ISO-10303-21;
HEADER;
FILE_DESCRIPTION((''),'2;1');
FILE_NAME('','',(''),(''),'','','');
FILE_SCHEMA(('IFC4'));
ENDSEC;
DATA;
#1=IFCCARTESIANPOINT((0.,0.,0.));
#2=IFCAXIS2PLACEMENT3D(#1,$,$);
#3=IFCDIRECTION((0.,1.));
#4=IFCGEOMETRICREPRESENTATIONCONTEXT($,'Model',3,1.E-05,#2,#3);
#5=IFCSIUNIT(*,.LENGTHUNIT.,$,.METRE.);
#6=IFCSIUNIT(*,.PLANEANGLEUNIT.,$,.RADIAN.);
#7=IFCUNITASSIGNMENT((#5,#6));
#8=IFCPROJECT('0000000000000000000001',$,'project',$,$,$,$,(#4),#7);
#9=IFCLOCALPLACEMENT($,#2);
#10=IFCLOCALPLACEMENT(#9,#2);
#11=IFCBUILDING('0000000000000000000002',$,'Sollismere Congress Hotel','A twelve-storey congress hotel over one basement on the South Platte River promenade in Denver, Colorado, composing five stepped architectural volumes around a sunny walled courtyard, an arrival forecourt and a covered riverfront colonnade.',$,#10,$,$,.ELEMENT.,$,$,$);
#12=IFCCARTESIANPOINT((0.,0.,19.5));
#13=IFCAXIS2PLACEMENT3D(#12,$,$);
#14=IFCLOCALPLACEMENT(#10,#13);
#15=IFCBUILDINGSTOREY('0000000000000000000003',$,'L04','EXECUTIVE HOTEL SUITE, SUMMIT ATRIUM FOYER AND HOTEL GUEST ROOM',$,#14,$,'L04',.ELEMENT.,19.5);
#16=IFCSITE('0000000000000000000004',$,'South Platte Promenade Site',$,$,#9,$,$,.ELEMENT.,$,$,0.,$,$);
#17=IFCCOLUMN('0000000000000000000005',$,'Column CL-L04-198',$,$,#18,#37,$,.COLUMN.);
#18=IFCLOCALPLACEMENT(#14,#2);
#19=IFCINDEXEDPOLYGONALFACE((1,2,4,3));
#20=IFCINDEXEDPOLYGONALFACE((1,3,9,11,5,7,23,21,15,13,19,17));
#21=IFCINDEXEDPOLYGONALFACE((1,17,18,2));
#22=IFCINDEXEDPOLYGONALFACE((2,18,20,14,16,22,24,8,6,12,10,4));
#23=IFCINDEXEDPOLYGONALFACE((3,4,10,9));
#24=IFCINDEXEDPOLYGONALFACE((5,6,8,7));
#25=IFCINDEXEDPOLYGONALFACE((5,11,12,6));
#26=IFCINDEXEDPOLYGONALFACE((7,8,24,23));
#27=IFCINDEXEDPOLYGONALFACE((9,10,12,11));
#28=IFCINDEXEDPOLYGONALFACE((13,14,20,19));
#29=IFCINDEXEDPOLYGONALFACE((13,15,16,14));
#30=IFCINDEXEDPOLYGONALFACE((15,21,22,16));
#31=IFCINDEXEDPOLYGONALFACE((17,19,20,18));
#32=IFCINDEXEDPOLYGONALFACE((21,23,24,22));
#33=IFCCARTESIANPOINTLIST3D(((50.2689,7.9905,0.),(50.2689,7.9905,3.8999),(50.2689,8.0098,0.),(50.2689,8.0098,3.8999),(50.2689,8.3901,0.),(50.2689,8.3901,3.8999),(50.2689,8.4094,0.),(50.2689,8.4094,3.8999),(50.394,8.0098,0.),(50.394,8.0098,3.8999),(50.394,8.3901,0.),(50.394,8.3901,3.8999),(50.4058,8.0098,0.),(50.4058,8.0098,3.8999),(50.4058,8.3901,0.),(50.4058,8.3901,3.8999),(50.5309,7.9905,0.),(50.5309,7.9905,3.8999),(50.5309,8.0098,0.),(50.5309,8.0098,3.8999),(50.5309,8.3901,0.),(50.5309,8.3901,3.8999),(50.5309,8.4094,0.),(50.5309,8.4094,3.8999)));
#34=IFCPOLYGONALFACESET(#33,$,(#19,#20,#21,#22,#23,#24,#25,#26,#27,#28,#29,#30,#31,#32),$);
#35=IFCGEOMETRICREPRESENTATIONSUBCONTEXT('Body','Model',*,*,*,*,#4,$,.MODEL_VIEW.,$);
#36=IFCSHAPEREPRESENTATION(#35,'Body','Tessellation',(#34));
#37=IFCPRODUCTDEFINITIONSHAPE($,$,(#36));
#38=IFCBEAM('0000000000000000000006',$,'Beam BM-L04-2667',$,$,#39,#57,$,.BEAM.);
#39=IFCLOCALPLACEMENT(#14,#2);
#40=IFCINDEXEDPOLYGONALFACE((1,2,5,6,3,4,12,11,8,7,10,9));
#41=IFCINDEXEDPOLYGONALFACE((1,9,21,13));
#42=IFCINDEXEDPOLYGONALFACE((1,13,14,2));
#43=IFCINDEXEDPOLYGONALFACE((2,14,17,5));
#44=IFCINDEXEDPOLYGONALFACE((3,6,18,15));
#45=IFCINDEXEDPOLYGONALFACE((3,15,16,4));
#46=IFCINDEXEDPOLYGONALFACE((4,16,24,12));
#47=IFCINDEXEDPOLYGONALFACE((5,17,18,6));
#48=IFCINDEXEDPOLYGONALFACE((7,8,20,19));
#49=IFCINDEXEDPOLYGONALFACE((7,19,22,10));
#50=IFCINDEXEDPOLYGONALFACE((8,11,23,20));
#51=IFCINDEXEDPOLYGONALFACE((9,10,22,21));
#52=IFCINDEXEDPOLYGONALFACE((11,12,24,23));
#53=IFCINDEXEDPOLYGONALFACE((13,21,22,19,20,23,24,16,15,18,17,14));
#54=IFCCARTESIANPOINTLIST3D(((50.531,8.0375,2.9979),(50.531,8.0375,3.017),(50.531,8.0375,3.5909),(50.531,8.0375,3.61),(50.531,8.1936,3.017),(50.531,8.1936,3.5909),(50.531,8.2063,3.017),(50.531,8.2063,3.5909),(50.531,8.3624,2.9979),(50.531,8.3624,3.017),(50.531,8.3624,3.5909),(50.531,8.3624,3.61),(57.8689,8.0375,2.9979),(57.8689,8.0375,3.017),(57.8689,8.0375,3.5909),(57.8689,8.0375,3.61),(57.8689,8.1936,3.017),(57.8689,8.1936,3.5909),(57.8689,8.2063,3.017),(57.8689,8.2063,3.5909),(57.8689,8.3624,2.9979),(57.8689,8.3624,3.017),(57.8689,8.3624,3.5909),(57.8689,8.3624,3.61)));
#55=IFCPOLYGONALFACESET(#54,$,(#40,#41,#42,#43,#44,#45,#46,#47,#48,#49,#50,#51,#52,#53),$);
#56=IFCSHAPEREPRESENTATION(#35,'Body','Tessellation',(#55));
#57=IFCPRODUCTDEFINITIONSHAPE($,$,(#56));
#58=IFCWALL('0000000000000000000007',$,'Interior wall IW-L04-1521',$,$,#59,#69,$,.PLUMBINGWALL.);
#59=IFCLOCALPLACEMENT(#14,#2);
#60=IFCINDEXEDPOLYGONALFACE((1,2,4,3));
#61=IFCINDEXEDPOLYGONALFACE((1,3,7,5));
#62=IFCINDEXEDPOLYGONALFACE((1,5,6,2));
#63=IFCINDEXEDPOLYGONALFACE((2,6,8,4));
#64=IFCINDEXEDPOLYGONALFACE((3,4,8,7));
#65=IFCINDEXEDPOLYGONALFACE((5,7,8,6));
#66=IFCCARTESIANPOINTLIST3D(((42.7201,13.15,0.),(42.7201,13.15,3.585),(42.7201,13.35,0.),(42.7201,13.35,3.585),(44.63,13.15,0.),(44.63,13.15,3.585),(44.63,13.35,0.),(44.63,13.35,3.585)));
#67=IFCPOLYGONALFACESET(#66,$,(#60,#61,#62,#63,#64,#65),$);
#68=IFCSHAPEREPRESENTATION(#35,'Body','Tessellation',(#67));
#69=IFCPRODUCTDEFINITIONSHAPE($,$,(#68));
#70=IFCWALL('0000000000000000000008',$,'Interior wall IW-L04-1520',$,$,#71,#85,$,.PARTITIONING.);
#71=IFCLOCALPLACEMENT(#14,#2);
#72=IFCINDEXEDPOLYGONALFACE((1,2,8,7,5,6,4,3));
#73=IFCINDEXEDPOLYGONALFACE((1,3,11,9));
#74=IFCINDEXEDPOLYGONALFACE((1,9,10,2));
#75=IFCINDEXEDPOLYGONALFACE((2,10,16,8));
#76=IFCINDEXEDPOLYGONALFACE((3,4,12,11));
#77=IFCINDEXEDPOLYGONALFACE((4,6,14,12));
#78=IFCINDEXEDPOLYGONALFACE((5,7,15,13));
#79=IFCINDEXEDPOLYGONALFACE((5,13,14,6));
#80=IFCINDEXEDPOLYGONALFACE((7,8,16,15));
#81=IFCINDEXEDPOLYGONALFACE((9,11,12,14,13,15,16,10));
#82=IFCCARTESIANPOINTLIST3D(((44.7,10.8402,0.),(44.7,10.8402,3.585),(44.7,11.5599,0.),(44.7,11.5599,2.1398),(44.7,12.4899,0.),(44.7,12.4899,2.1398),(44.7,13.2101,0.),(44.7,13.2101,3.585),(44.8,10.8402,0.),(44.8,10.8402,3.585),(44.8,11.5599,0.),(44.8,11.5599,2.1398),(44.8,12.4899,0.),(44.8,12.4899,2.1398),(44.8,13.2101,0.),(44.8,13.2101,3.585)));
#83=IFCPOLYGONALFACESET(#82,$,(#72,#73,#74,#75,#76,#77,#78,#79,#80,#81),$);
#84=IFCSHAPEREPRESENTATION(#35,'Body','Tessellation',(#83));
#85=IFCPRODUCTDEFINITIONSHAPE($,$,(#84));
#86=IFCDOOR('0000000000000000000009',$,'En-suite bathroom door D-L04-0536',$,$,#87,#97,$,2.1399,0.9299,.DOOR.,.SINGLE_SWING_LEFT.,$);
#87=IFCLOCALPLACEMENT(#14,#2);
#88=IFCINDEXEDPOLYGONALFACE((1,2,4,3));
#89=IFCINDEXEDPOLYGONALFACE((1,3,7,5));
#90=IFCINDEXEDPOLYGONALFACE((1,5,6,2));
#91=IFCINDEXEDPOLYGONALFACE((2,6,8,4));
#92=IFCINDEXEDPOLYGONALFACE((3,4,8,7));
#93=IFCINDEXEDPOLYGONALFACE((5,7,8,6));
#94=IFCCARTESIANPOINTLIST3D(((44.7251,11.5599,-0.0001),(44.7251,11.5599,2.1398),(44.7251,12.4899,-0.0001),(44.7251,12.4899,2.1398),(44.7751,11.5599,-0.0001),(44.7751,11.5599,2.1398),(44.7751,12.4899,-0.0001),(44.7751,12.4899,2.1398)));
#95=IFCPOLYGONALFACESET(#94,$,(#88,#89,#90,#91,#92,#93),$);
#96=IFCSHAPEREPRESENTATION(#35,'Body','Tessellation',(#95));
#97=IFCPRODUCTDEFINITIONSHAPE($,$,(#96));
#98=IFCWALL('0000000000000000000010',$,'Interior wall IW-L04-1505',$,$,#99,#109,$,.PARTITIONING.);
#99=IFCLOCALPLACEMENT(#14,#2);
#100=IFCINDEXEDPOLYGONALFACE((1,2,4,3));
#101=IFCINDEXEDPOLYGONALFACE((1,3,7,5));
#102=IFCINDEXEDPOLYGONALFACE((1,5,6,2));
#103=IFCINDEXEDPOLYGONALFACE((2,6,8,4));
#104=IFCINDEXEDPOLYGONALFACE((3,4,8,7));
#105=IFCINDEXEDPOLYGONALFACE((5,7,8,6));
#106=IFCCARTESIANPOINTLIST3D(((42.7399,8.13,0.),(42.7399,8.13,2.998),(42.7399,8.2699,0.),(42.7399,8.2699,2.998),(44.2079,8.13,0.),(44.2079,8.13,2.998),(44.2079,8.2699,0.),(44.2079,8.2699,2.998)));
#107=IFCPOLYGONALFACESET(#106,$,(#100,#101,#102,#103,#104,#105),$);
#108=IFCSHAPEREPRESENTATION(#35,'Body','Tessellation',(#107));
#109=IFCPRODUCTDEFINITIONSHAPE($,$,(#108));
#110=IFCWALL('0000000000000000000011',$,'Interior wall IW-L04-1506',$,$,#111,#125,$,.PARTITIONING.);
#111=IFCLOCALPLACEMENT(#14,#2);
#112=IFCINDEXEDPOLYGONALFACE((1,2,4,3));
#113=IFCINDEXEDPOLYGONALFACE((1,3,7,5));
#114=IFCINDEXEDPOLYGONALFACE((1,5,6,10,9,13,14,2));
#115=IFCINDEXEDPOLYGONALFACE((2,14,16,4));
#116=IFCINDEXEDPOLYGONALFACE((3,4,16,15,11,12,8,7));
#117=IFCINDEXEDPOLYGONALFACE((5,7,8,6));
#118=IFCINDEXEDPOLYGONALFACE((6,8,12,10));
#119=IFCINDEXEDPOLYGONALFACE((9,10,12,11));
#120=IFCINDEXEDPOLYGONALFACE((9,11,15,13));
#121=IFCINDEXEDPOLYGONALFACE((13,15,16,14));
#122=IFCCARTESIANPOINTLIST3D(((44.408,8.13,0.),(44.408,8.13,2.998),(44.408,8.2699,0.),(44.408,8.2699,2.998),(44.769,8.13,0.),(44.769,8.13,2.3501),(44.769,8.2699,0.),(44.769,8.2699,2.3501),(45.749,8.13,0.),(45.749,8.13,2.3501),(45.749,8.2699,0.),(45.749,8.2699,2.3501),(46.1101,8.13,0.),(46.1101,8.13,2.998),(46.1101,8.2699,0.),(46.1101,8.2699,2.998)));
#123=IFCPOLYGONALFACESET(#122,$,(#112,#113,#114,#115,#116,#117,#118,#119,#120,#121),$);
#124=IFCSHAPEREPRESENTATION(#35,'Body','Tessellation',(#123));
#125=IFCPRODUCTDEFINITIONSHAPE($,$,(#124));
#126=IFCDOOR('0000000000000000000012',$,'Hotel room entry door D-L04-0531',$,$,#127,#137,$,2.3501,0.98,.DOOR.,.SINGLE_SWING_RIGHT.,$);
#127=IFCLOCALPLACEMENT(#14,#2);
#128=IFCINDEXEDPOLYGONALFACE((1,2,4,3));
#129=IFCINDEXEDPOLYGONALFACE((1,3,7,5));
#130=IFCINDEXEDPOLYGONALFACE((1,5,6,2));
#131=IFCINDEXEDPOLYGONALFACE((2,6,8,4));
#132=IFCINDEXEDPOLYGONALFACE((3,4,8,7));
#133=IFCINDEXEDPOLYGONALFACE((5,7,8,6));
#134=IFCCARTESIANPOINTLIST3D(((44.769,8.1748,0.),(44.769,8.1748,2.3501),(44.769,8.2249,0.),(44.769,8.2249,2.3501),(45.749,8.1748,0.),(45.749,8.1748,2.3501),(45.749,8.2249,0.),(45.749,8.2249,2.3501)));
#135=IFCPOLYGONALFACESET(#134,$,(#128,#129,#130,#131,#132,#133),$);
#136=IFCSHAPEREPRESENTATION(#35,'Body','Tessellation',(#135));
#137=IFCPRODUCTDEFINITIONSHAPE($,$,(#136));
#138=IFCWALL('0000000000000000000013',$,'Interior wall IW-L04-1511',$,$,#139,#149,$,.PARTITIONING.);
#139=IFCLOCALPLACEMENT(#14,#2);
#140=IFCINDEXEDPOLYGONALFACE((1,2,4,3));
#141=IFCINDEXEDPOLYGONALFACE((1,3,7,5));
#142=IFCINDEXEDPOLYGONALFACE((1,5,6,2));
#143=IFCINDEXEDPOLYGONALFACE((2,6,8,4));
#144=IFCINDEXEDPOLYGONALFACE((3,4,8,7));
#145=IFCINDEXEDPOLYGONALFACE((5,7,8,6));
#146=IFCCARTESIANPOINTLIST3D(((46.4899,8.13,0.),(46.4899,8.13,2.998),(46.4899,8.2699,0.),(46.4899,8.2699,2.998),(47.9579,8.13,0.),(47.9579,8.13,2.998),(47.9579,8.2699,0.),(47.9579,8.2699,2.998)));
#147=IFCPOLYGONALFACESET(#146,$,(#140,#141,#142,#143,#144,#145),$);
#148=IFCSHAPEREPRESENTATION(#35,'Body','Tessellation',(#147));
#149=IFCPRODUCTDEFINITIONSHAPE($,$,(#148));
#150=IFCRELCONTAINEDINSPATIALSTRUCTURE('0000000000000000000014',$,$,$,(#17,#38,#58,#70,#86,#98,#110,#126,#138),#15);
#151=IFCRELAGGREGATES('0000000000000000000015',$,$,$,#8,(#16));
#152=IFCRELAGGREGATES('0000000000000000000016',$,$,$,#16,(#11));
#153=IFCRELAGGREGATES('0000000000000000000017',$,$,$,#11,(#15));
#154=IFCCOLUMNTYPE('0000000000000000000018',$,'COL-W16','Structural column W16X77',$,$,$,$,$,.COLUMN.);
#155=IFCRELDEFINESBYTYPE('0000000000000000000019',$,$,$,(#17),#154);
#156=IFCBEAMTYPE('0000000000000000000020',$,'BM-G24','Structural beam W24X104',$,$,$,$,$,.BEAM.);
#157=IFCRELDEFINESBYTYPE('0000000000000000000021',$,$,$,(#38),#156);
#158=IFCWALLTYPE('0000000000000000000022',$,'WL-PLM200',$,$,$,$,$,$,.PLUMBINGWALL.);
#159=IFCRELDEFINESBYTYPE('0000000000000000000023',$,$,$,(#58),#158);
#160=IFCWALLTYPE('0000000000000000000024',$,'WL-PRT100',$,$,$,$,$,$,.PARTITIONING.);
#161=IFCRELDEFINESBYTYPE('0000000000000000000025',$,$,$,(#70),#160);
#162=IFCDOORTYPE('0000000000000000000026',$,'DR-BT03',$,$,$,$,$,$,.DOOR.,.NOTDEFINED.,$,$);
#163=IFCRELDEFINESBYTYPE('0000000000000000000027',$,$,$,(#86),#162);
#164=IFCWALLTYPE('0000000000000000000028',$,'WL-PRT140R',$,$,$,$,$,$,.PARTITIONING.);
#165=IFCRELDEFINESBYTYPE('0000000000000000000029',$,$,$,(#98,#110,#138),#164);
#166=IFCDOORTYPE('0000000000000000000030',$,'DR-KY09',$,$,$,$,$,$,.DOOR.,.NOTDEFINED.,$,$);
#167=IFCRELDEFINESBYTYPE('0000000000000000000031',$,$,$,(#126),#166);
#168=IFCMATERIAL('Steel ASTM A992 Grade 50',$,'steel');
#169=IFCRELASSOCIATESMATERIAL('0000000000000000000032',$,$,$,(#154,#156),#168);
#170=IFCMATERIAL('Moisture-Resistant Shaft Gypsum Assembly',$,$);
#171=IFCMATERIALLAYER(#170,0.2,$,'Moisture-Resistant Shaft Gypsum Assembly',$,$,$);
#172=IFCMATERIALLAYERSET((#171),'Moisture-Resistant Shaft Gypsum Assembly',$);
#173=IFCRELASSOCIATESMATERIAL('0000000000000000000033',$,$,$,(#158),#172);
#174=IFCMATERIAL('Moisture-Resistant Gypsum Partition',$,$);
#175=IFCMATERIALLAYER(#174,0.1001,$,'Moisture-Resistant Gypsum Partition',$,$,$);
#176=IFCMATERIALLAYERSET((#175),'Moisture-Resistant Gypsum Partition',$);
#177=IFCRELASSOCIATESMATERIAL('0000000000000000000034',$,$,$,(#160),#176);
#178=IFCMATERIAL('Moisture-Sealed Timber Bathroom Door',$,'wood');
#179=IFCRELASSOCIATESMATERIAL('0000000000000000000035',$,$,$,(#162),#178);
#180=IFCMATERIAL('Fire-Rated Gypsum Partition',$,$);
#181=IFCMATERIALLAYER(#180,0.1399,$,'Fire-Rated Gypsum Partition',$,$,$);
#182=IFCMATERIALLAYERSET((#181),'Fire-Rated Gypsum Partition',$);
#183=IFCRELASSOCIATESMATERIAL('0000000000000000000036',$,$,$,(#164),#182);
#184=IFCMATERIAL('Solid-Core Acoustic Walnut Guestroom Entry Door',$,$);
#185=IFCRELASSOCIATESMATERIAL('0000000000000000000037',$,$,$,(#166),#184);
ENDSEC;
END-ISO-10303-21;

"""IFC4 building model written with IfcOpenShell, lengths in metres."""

from ifc_helpers import new_model, si_unit, direction, frame, frame_2d, origin, origin_2d, place, context, subcontext, project, spatial, rectangle, i_section, extrude, material, layer, layer_set, material_profile, profile_set, type_object, element, fill, save


model = new_model("IFC4")

# Units and contexts
model_context = context("Model", 3, precision=1e-05, world=origin(), true_north=direction((0.0, 1.0)))
body_context = subcontext(model_context, "Body", "Model", "MODEL_VIEW")
ifc_project = project(units=[si_unit("LENGTHUNIT", "METRE"), si_unit("PLANEANGLEUNIT", "RADIAN")], contexts=[model_context])

# Site, building, storey
site_placement = place(None, origin())
site = spatial("IfcSite", under=ifc_project, at=site_placement, Name="South Platte Promenade Site", CompositionType="ELEMENT", RefElevation=0.0)
building_placement = place(site_placement, origin())
building = spatial("IfcBuilding", under=site, at=building_placement, Name="Sollismere Congress Hotel", Description="A twelve-storey congress hotel over one basement on the South Platte River promenade in Denver, Colorado, composing five stepped architectural volumes around a sunny walled courtyard, an arrival forecourt and a covered riverfront colonnade.", CompositionType="ELEMENT")
storey_placement = place(building_placement, frame((0.0, 0.0, 19.5)))
storey = spatial("IfcBuildingStorey", under=building, at=storey_placement, Name="L04", Description="EXECUTIVE HOTEL SUITE, SUMMIT ATRIUM FOYER AND HOTEL GUEST ROOM", LongName="L04", CompositionType="ELEMENT", Elevation=19.5)

# Column
ifc_material_1 = material(Name="Steel ASTM A992 Grade 50", Category="steel")
ifc_material_profile_1 = material_profile(ifc_material_1, i_section(OverallWidth=0.262, OverallDepth=0.4189, WebThickness=0.0117, FlangeThickness=0.0193, at=origin_2d()), Name="W16X77")
ifc_profile_set_1 = profile_set([ifc_material_profile_1], Name="Steel ASTM A992 Grade 50")
column_type = type_object("IfcColumnType", Name="COL-W16", Description="Structural column W16X77", PredefinedType="COLUMN", material=ifc_profile_set_1)
column_placement = place(storey_placement, frame((50.3999, 8.2, 0.0), z_axis=(0.0, 0.0, 1.0), x_axis=(1.0, 0.0, 0.0)))
element("IfcColumn", 1, at=column_placement, inside=storey, type_object=column_type, Name="Column CL-L04-198", PredefinedType="COLUMN", context=body_context, shape_type="SweptSolid", body=[
    extrude(i_section(OverallWidth=0.262, OverallDepth=0.4189, WebThickness=0.0117, FlangeThickness=0.0193, at=origin_2d()), origin(), (0.0, 0.0, 1.0), 3.8999),
])

# Beam
ifc_material_profile_2 = material_profile(ifc_material_1, i_section(OverallWidth=0.325, OverallDepth=0.6121, WebThickness=0.0127, FlangeThickness=0.019, at=origin_2d()), Name="W24X104")
ifc_profile_set_2 = profile_set([ifc_material_profile_2], Name="Steel ASTM A992 Grade 50")
beam_type = type_object("IfcBeamType", Name="BM-G24", Description="Structural beam W24X104", PredefinedType="BEAM", material=ifc_profile_set_2)
beam_placement = place(storey_placement, frame((50.531, 8.2, 3.304), z_axis=(1.0, 0.0, 0.0), x_axis=(0.0, 1.0, 0.0)))
element("IfcBeam", 2, at=beam_placement, inside=storey, type_object=beam_type, Name="Beam BM-L04-2667", PredefinedType="BEAM", context=body_context, shape_type="SweptSolid", body=[
    extrude(i_section(OverallWidth=0.325, OverallDepth=0.6121, WebThickness=0.0127, FlangeThickness=0.019, at=origin_2d()), origin(), (0.0, 0.0, 1.0), 7.3379),
])

# Wall
ifc_material_2 = material(Name="Moisture-Resistant Shaft Gypsum Assembly")
ifc_layer_1 = layer(ifc_material_2, 0.2, Name="Moisture-Resistant Shaft Gypsum Assembly")
ifc_layer_set_1 = layer_set([ifc_layer_1], Name="Moisture-Resistant Shaft Gypsum Assembly")
wall_type_1 = type_object("IfcWallType", Name="WL-PLM200", PredefinedType="PLUMBINGWALL", material=ifc_layer_set_1)
wall_1_placement = place(storey_placement, frame((42.72, 13.25, 0.0), z_axis=(0.0, 0.0, 1.0), x_axis=(1.0, 0.0, 0.0)))
element("IfcWall", 3, at=wall_1_placement, inside=storey, type_object=wall_type_1, Name="Interior wall IW-L04-1521", PredefinedType="PLUMBINGWALL", context=body_context, shape_type="SweptSolid", body=[
    extrude(rectangle(XDim=1.9099, YDim=0.2, at=frame_2d((0.9551, 0.0))), origin(), (0.0, 0.0, 1.0), 3.585),
])

# Wall, opening, door
ifc_material_3 = material(Name="Moisture-Resistant Gypsum Partition")
ifc_layer_2 = layer(ifc_material_3, 0.1001, Name="Moisture-Resistant Gypsum Partition")
ifc_layer_set_2 = layer_set([ifc_layer_2], Name="Moisture-Resistant Gypsum Partition")
wall_type_2 = type_object("IfcWallType", Name="WL-PRT100", PredefinedType="PARTITIONING", material=ifc_layer_set_2)
wall_2_placement = place(storey_placement, frame((44.75, 10.8401, 0.0), z_axis=(0.0, 0.0, 1.0), x_axis=(0.0, 1.0, 0.0)))
wall_2 = element("IfcWall", 4, at=wall_2_placement, inside=storey, type_object=wall_type_2, Name="Interior wall IW-L04-1520", PredefinedType="PARTITIONING", context=body_context, shape_type="SweptSolid", body=[
    extrude(rectangle(XDim=2.3699, YDim=0.1001, at=frame_2d((1.1851, 0.0))), origin(), (0.0, 0.0, 1.0), 3.585),
])
opening_1_placement = place(wall_2_placement, frame((0.72, 0.0, 0.0)))
opening_1 = element("IfcOpeningElement", 5, at=opening_1_placement, cuts=wall_2, PredefinedType="OPENING", context=body_context, shape_type="SweptSolid", body=[
    extrude(rectangle(XDim=0.9299, YDim=2.1399, at=frame_2d((0.4648, 1.0698))), frame((0.0, 0.0601, 0.0), z_axis=(0.0, -1.0, 0.0), x_axis=(1.0, 0.0, 0.0)), (0.0, 0.0, 1.0), 0.1201),
])
ifc_material_4 = material(Name="Moisture-Sealed Timber Bathroom Door", Category="wood")
door_type_1 = type_object("IfcDoorType", Name="DR-BT03", OperationType="NOTDEFINED", PredefinedType="DOOR", material=ifc_material_4)
door_1_placement = place(opening_1_placement, origin())
door_1 = element("IfcDoor", 6, at=door_1_placement, inside=storey, type_object=door_type_1, Name="En-suite bathroom door D-L04-0536", OperationType="SINGLE_SWING_LEFT", OverallHeight=2.1399, OverallWidth=0.9299, PredefinedType="DOOR", context=body_context, shape_type="SweptSolid", body=[
    extrude(rectangle(XDim=0.9299, YDim=2.1399, at=frame_2d((0.4648, 1.0698))), frame((0.0, 0.0249, 0.0), z_axis=(0.0, -1.0, 0.0), x_axis=(1.0, 0.0, 0.0)), (0.0, 0.0, 1.0), 0.05),
])
fill(opening_1, door_1)

# Wall
ifc_material_5 = material(Name="Fire-Rated Gypsum Partition")
ifc_layer_3 = layer(ifc_material_5, 0.1399, Name="Fire-Rated Gypsum Partition")
ifc_layer_set_3 = layer_set([ifc_layer_3], Name="Fire-Rated Gypsum Partition")
wall_type_3 = type_object("IfcWallType", Name="WL-PRT140R", PredefinedType="PARTITIONING", material=ifc_layer_set_3)
wall_3_placement = place(storey_placement, frame((42.74, 8.2, 0.0), z_axis=(0.0, 0.0, 1.0), x_axis=(1.0, 0.0, 0.0)))
element("IfcWall", 7, at=wall_3_placement, inside=storey, type_object=wall_type_3, Name="Interior wall IW-L04-1505", PredefinedType="PARTITIONING", context=body_context, shape_type="SweptSolid", body=[
    extrude(rectangle(XDim=1.468, YDim=0.1399, at=frame_2d((0.7339, 0.0))), origin(), (0.0, 0.0, 1.0), 2.998),
])

# Wall, opening, door
wall_4_placement = place(storey_placement, frame((44.408, 8.2, 0.0), z_axis=(0.0, 0.0, 1.0), x_axis=(1.0, 0.0, 0.0)))
wall_4 = element("IfcWall", 8, at=wall_4_placement, inside=storey, type_object=wall_type_3, Name="Interior wall IW-L04-1506", PredefinedType="PARTITIONING", context=body_context, shape_type="SweptSolid", body=[
    extrude(rectangle(XDim=1.7021, YDim=0.1399, at=frame_2d((0.8511, 0.0))), origin(), (0.0, 0.0, 1.0), 2.998),
])
opening_2_placement = place(wall_4_placement, frame((0.3611, 0.0, 0.0)))
opening_2 = element("IfcOpeningElement", 9, at=opening_2_placement, cuts=wall_4, PredefinedType="OPENING", context=body_context, shape_type="SweptSolid", body=[
    extrude(rectangle(XDim=0.98, YDim=2.3501, at=frame_2d((0.49, 1.175))), frame((0.0, 0.0798, 0.0), z_axis=(0.0, -1.0, 0.0), x_axis=(1.0, 0.0, 0.0)), (0.0, 0.0, 1.0), 0.1599),
])
ifc_material_6 = material(Name="Solid-Core Acoustic Walnut Guestroom Entry Door")
door_type_2 = type_object("IfcDoorType", Name="DR-KY09", OperationType="NOTDEFINED", PredefinedType="DOOR", material=ifc_material_6)
door_2_placement = place(opening_2_placement, origin())
door_2 = element("IfcDoor", 10, at=door_2_placement, inside=storey, type_object=door_type_2, Name="Hotel room entry door D-L04-0531", OperationType="SINGLE_SWING_RIGHT", OverallHeight=2.3501, OverallWidth=0.98, PredefinedType="DOOR", context=body_context, shape_type="SweptSolid", body=[
    extrude(rectangle(XDim=0.98, YDim=2.3501, at=frame_2d((0.49, 1.175))), frame((0.0, 0.0249, 0.0), z_axis=(0.0, -1.0, 0.0), x_axis=(1.0, 0.0, 0.0)), (0.0, 0.0, 1.0), 0.05),
])
fill(opening_2, door_2)

# Wall
wall_5_placement = place(storey_placement, frame((46.49, 8.2, 0.0), z_axis=(0.0, 0.0, 1.0), x_axis=(1.0, 0.0, 0.0)))
element("IfcWall", 11, at=wall_5_placement, inside=storey, type_object=wall_type_3, Name="Interior wall IW-L04-1511", PredefinedType="PARTITIONING", context=body_context, shape_type="SweptSolid", body=[
    extrude(rectangle(XDim=1.468, YDim=0.1399, at=frame_2d((0.7339, 0.0))), origin(), (0.0, 0.0, 1.0), 2.998),
])

save(model, "model.ifc")
